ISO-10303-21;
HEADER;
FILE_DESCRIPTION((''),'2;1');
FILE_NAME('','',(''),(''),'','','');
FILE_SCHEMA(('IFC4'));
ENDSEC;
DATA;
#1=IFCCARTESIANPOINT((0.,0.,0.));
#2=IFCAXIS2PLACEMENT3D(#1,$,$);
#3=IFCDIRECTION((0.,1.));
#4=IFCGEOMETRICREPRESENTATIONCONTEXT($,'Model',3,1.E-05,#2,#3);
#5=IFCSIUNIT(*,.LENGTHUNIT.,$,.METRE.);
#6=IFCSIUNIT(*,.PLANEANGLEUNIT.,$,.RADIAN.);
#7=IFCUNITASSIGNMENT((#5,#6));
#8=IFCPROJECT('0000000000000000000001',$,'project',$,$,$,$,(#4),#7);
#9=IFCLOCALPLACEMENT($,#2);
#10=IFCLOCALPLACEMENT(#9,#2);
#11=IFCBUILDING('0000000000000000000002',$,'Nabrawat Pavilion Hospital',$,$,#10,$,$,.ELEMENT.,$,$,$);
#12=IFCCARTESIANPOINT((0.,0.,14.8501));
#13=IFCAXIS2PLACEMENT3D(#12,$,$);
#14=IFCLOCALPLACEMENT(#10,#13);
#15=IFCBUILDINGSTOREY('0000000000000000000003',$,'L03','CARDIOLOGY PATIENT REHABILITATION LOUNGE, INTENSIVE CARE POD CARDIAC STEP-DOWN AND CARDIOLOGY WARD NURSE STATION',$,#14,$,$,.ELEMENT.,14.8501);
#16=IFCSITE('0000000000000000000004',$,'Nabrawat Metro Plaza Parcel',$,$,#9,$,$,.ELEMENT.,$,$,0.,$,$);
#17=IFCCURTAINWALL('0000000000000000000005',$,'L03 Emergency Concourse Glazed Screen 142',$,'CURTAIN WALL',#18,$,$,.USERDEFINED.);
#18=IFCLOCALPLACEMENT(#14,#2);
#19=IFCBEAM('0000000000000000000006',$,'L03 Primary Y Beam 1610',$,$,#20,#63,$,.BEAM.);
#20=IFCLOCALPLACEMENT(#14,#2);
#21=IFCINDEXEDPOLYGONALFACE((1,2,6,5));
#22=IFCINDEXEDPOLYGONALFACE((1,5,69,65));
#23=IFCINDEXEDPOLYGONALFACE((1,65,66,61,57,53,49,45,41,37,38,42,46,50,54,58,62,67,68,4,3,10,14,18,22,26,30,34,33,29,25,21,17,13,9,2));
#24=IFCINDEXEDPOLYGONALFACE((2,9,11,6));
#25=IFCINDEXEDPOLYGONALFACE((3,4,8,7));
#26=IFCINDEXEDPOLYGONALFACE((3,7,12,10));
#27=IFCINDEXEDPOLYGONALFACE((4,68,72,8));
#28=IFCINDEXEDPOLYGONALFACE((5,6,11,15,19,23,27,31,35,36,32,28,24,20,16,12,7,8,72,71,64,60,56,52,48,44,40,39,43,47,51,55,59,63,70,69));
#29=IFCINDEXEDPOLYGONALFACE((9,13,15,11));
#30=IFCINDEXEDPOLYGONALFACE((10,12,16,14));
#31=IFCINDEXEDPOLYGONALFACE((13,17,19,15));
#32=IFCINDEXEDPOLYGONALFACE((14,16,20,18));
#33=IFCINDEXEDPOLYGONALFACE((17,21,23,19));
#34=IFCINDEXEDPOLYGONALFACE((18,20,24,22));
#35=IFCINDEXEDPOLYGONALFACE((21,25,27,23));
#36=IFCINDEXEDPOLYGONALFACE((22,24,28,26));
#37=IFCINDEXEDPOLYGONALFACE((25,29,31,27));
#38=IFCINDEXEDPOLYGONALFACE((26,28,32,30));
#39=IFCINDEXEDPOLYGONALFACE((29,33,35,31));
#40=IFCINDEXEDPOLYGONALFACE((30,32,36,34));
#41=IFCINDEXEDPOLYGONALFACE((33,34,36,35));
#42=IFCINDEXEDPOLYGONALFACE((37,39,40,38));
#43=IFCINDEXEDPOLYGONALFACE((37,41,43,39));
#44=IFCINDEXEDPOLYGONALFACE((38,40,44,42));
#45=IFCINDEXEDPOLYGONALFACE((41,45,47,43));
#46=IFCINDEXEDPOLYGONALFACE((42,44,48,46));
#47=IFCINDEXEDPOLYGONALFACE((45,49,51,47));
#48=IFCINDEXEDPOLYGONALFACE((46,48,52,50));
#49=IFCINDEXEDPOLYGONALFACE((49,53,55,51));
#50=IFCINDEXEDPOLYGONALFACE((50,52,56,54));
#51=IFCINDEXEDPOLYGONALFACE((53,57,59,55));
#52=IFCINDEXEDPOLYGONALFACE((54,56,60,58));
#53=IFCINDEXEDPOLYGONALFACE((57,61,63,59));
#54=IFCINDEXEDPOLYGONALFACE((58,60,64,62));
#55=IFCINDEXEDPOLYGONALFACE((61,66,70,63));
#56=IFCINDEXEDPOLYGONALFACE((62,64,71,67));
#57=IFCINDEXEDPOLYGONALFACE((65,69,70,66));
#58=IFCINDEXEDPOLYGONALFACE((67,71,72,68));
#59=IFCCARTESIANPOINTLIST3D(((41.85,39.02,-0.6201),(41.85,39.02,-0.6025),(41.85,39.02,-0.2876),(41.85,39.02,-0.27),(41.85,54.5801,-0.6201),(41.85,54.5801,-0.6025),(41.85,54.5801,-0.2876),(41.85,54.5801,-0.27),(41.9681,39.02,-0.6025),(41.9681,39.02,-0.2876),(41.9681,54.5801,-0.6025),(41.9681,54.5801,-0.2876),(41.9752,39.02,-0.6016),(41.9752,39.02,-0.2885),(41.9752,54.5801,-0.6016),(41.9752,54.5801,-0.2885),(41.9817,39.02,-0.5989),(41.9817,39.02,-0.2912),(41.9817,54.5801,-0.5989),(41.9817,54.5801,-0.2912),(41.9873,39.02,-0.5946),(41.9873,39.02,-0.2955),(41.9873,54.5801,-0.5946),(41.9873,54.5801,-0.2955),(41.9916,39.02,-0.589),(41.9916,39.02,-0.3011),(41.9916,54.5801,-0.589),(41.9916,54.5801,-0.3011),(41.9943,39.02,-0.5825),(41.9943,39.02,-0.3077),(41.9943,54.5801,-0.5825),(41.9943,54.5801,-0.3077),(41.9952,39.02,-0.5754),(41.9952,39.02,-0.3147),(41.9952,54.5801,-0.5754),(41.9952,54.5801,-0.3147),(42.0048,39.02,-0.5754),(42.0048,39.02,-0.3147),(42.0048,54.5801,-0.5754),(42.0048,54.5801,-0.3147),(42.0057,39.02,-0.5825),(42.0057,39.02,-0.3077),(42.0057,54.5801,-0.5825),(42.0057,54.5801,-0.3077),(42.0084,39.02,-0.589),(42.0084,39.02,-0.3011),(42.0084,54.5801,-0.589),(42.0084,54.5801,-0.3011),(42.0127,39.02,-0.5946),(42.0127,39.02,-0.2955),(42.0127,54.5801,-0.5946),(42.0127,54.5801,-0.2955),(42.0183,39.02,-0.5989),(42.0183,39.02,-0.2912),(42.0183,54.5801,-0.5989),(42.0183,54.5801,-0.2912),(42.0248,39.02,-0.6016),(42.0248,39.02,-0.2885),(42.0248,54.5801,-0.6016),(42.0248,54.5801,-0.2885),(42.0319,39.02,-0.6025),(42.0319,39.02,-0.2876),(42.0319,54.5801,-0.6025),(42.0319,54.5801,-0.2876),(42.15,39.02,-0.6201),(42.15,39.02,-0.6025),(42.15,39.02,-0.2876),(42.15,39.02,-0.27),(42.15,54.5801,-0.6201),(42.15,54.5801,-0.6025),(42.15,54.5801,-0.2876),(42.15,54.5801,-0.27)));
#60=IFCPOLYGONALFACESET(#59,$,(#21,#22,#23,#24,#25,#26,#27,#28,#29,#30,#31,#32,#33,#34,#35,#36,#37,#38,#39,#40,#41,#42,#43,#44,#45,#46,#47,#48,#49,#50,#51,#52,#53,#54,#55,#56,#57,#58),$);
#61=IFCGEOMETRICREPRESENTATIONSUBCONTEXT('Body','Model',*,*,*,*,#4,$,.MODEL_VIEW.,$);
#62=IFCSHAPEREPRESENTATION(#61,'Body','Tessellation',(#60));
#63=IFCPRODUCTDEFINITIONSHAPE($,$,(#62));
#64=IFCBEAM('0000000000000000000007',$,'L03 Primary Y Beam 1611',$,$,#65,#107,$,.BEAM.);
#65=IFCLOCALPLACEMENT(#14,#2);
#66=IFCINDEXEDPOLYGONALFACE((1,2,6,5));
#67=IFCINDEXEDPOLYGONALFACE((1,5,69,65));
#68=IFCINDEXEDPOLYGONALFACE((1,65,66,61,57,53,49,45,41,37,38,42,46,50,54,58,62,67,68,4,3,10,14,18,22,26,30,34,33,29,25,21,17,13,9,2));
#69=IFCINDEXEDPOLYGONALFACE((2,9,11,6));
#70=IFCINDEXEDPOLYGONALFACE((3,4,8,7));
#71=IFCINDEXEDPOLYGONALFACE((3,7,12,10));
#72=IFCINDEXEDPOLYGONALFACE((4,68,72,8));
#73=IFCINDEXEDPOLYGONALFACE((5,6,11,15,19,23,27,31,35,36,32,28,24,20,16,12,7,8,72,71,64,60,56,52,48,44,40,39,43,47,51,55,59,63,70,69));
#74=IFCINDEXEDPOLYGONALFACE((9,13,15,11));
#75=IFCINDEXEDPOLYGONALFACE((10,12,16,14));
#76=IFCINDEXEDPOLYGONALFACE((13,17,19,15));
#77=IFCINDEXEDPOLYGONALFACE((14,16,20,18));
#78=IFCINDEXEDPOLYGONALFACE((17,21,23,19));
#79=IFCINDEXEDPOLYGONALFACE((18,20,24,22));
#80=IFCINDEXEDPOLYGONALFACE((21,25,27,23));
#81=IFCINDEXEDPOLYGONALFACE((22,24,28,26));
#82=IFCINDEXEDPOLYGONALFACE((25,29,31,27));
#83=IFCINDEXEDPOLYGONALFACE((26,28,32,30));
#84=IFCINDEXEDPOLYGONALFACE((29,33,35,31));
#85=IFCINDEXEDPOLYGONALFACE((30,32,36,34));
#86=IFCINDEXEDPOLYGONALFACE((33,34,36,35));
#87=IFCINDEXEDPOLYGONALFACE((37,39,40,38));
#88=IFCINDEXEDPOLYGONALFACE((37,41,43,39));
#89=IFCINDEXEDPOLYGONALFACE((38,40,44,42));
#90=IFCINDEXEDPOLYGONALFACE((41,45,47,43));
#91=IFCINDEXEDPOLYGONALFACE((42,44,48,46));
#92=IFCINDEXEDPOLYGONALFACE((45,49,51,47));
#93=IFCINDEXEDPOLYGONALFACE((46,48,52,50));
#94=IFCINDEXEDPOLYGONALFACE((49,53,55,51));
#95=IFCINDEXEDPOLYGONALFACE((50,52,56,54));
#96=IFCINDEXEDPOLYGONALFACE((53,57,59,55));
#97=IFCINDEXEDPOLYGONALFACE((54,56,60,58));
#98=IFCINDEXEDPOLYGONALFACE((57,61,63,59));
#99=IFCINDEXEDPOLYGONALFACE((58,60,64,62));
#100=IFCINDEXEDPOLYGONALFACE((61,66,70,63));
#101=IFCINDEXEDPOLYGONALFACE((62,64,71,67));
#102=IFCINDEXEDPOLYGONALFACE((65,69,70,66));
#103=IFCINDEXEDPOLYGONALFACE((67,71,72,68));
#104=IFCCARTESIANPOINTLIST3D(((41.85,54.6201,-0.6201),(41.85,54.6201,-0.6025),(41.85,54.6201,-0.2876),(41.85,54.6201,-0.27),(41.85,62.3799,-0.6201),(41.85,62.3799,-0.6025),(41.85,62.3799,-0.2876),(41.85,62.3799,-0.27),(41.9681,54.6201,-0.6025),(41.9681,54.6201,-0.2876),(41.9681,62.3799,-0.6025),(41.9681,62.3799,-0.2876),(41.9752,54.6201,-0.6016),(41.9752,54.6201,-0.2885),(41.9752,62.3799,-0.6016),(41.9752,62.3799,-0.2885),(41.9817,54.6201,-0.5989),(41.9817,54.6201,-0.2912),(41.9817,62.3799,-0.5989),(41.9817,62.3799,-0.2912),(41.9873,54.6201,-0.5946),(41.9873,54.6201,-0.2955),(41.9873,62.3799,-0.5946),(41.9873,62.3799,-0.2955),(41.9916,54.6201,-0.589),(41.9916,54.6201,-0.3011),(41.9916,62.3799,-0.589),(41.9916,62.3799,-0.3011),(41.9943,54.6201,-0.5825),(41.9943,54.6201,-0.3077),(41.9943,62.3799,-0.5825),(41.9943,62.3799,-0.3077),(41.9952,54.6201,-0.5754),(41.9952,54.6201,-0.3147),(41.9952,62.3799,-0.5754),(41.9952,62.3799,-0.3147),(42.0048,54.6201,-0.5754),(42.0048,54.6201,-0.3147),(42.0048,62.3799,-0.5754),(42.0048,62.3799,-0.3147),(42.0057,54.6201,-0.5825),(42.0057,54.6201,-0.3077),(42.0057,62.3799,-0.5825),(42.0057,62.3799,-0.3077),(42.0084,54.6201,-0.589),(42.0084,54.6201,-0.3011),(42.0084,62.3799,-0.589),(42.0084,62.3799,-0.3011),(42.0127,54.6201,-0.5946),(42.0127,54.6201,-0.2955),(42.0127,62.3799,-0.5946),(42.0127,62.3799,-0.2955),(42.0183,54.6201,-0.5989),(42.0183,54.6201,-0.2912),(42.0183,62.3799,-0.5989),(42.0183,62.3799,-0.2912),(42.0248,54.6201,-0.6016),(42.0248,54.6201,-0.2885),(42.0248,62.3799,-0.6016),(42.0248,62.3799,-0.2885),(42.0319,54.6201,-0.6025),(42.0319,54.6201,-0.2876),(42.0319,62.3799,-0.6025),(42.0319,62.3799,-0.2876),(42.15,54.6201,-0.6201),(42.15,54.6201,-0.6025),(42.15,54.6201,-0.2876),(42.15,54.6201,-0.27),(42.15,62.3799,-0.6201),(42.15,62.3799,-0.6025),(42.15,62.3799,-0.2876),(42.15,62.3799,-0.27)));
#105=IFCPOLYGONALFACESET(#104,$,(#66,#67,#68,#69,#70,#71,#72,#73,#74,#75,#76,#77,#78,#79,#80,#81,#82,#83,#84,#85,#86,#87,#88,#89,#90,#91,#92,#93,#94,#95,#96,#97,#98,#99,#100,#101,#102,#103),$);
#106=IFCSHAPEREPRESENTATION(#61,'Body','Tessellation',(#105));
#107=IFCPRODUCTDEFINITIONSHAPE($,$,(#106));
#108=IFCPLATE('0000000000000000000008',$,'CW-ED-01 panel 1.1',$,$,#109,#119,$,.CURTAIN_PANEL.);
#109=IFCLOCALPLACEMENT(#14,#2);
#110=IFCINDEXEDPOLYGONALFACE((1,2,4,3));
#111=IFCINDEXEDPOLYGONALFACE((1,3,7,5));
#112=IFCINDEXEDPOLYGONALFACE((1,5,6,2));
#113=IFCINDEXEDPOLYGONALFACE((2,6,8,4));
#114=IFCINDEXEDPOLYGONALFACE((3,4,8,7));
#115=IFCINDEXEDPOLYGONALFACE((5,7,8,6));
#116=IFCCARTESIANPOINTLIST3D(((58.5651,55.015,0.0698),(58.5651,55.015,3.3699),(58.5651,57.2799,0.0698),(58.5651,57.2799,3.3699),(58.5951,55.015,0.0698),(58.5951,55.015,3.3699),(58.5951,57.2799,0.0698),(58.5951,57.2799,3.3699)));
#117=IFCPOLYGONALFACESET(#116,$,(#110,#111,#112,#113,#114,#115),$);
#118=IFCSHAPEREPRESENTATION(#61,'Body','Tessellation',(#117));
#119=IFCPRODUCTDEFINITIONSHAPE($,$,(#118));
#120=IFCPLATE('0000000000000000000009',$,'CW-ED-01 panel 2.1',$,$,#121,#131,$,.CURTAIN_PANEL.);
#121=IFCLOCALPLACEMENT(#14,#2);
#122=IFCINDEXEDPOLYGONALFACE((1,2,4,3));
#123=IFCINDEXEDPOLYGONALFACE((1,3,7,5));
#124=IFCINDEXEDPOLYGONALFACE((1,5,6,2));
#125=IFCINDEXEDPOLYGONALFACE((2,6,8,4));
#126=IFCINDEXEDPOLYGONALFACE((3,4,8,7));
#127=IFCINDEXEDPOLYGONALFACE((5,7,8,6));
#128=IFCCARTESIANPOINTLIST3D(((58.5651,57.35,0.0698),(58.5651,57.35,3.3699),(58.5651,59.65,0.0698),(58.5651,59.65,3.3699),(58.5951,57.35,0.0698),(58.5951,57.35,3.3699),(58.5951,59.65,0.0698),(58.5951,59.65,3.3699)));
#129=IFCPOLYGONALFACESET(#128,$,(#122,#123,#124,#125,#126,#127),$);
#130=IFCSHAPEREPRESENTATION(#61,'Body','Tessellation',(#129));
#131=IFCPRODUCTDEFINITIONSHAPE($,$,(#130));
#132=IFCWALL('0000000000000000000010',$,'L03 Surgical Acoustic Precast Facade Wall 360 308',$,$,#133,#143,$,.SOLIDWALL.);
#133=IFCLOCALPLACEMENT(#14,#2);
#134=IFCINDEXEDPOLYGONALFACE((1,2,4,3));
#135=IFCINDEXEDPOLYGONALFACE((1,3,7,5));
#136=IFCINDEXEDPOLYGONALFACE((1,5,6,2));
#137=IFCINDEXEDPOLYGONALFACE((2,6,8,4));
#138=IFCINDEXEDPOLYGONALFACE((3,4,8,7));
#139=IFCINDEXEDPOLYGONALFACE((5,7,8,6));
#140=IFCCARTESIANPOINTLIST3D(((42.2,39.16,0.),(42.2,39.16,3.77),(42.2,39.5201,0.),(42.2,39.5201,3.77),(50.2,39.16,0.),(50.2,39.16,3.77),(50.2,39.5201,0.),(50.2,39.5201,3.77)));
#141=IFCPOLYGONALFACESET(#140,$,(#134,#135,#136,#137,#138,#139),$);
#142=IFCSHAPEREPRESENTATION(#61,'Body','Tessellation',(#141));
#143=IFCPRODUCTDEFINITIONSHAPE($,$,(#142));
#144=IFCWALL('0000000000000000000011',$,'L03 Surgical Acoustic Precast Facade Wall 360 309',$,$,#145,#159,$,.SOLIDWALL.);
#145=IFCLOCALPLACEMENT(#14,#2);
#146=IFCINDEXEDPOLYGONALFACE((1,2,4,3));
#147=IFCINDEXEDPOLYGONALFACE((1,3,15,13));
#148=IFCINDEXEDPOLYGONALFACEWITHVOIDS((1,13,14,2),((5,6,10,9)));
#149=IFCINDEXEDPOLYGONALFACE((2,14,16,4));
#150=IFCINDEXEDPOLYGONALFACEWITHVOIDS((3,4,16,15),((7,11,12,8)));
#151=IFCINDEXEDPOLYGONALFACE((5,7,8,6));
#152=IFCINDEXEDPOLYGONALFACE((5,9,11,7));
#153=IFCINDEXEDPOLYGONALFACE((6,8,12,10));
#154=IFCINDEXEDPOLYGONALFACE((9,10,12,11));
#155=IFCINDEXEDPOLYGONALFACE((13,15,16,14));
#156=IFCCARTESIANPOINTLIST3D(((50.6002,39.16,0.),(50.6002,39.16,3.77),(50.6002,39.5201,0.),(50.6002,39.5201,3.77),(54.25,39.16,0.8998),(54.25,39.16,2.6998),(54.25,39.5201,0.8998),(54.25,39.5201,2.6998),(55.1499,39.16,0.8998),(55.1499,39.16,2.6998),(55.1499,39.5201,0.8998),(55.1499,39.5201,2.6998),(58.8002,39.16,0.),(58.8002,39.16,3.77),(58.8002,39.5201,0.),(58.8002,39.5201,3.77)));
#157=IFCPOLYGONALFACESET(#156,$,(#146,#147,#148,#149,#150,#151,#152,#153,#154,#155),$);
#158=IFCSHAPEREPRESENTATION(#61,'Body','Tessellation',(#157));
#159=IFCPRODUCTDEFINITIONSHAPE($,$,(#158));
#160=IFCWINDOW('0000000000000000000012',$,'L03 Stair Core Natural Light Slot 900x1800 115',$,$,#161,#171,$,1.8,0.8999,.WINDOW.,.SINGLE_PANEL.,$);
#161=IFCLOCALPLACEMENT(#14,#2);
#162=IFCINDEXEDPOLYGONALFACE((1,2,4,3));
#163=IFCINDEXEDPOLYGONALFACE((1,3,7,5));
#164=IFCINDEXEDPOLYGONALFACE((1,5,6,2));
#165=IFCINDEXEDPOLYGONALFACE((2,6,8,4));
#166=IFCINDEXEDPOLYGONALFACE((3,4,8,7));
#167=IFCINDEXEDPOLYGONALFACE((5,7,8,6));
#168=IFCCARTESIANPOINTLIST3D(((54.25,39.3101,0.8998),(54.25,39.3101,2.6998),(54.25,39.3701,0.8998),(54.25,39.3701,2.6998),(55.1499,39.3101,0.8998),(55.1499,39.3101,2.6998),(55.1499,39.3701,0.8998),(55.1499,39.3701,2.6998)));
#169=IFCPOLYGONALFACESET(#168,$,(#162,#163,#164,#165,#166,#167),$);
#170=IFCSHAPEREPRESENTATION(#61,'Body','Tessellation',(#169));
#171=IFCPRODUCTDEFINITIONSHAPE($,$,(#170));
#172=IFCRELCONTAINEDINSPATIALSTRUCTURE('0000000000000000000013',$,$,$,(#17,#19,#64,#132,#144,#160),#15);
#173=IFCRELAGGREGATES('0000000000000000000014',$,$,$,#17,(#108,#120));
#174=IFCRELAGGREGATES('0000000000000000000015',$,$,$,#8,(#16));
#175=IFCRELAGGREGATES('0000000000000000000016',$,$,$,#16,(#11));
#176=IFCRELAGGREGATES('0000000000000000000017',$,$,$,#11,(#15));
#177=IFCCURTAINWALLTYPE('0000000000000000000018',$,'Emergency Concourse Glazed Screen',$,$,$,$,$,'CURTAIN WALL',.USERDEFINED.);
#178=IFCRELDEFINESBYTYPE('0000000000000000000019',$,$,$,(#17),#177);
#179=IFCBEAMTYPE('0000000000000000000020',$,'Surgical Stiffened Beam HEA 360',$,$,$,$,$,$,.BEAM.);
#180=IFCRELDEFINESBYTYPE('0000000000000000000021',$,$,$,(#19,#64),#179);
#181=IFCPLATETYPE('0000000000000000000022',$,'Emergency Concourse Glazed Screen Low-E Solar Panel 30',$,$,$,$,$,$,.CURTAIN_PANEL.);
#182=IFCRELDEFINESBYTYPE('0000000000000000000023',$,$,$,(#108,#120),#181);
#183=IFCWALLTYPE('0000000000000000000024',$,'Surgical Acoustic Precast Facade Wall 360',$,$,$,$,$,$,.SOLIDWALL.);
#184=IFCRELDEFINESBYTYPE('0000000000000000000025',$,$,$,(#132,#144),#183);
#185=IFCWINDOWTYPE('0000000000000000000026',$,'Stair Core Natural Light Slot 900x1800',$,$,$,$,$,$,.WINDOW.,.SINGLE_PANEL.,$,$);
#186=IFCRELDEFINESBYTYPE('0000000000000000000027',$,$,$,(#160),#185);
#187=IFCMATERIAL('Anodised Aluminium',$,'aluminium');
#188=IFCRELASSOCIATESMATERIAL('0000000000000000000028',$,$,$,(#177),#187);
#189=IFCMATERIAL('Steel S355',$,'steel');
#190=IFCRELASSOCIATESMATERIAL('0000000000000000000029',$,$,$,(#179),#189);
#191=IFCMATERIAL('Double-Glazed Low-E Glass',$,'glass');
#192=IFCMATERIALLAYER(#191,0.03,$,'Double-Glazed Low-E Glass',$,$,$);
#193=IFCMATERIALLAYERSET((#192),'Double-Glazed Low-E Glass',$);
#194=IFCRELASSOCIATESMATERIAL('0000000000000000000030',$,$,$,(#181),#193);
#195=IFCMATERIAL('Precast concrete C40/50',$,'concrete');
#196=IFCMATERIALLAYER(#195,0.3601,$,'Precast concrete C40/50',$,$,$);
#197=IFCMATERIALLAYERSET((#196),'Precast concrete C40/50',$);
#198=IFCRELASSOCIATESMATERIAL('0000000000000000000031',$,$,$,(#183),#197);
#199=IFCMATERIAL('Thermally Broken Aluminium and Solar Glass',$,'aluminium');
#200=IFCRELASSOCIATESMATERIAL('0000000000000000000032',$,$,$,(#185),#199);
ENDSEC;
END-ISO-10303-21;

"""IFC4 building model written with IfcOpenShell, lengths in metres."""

from ifc_helpers import new_model, si_unit, direction, frame, frame_2d, origin, origin_2d, place, context, subcontext, project, spatial, rectangle, i_section, extrude, material, layer, layer_set, material_profile, profile_set, type_object, element, fill, aggregate, save


model = new_model("IFC4")

# Units and contexts
model_context = context("Model", 3, precision=1e-05, world=origin(), true_north=direction((0.0, 1.0)))
body_context = subcontext(model_context, "Body", "Model", "MODEL_VIEW")
ifc_project = project(units=[si_unit("LENGTHUNIT", "METRE"), si_unit("PLANEANGLEUNIT", "RADIAN")], contexts=[model_context])

# Site, building, storey
site_placement = place(None, origin())
site = spatial("IfcSite", under=ifc_project, at=site_placement, Name="Nabrawat Metro Plaza Parcel", CompositionType="ELEMENT", RefElevation=0.0)
building_placement = place(site_placement, origin())
building = spatial("IfcBuilding", under=site, at=building_placement, Name="Nabrawat Pavilion Hospital", CompositionType="ELEMENT")
storey_placement = place(building_placement, frame((0.0, 0.0, 14.8501)))
storey = spatial("IfcBuildingStorey", under=building, at=storey_placement, Name="L03", Description="CARDIOLOGY PATIENT REHABILITATION LOUNGE, INTENSIVE CARE POD CARDIAC STEP-DOWN AND CARDIOLOGY WARD NURSE STATION", CompositionType="ELEMENT", Elevation=14.8501)

# Shared definitions
ifc_material_1 = material(Name="Steel S355", Category="steel")

# Curtain wall
ifc_material_2 = material(Name="Anodised Aluminium", Category="aluminium")
curtain_wall_type = type_object("IfcCurtainWallType", Name="Emergency Concourse Glazed Screen", ElementType="CURTAIN WALL", PredefinedType="USERDEFINED", material=ifc_material_2)
curtain_wall_placement = place(storey_placement, origin())
curtain_wall = element("IfcCurtainWall", 1, at=curtain_wall_placement, inside=storey, type_object=curtain_wall_type, Name="L03 Emergency Concourse Glazed Screen 142", ObjectType="CURTAIN WALL", PredefinedType="USERDEFINED")

# Beams
ifc_material_profile_1 = material_profile(ifc_material_1, i_section(OverallWidth=0.3, OverallDepth=0.3501, WebThickness=0.0095, FlangeThickness=0.0176, FilletRadius=0.0271, at=origin_2d()), Name="HEA 360")
ifc_profile_set_1 = profile_set([ifc_material_profile_1], Name="Steel S355")
beam_type_1 = type_object("IfcBeamType", Name="Surgical Stiffened Beam HEA 360", PredefinedType="BEAM", material=ifc_profile_set_1)
beam_1_placement = place(storey_placement, frame((42.0, 39.02, -0.4451), z_axis=(0.0, 1.0, 0.0), x_axis=(-1.0, 0.0, 0.0)))
element("IfcBeam", 2, at=beam_1_placement, inside=storey, type_object=beam_type_1, Name="L03 Primary Y Beam 1610", PredefinedType="BEAM", context=body_context, shape_type="SweptSolid", body=[
    extrude(i_section(OverallWidth=0.3, OverallDepth=0.3501, WebThickness=0.0095, FlangeThickness=0.0176, FilletRadius=0.0271, at=origin_2d()), origin(), (0.0, 0.0, 1.0), 15.5601),
])
beam_2_placement = place(storey_placement, frame((42.0, 54.6201, -0.4451), z_axis=(0.0, 1.0, 0.0), x_axis=(-1.0, 0.0, 0.0)))
element("IfcBeam", 3, at=beam_2_placement, inside=storey, type_object=beam_type_1, Name="L03 Primary Y Beam 1611", PredefinedType="BEAM", context=body_context, shape_type="SweptSolid", body=[
    extrude(i_section(OverallWidth=0.3, OverallDepth=0.3501, WebThickness=0.0095, FlangeThickness=0.0176, FilletRadius=0.0271, at=origin_2d()), origin(), (0.0, 0.0, 1.0), 7.7598),
])

# Plates
ifc_material_3 = material(Name="Double-Glazed Low-E Glass", Category="glass")
ifc_layer_1 = layer(ifc_material_3, 0.03, Name="Double-Glazed Low-E Glass")
ifc_layer_set_1 = layer_set([ifc_layer_1], Name="Double-Glazed Low-E Glass")
plate_type = type_object("IfcPlateType", Name="Emergency Concourse Glazed Screen Low-E Solar Panel 30", PredefinedType="CURTAIN_PANEL", material=ifc_layer_set_1)
plate_1_placement = place(storey_placement, frame((58.5801, 56.1475, 0.0698), z_axis=(0.0, 0.0, 1.0), x_axis=(0.0, 1.0, 0.0)))
plate_1 = element("IfcPlate", 4, at=plate_1_placement, type_object=plate_type, Name="CW-ED-01 panel 1.1", PredefinedType="CURTAIN_PANEL", context=body_context, shape_type="SweptSolid", body=[
    extrude(rectangle(XDim=2.2649, YDim=0.03, at=origin_2d()), origin(), (0.0, 0.0, 1.0), 3.3),
])
plate_2_placement = place(storey_placement, frame((58.5801, 58.5, 0.0698), z_axis=(0.0, 0.0, 1.0), x_axis=(0.0, 1.0, 0.0)))
plate_2 = element("IfcPlate", 5, at=plate_2_placement, type_object=plate_type, Name="CW-ED-01 panel 2.1", PredefinedType="CURTAIN_PANEL", context=body_context, shape_type="SweptSolid", body=[
    extrude(rectangle(XDim=2.3, YDim=0.03, at=origin_2d()), origin(), (0.0, 0.0, 1.0), 3.3),
])
aggregate(curtain_wall, [plate_1, plate_2])

# Wall
ifc_material_4 = material(Name="Precast concrete C40/50", Category="concrete")
ifc_layer_2 = layer(ifc_material_4, 0.3601, Name="Precast concrete C40/50")
ifc_layer_set_2 = layer_set([ifc_layer_2], Name="Precast concrete C40/50")
wall_type = type_object("IfcWallType", Name="Surgical Acoustic Precast Facade Wall 360", PredefinedType="SOLIDWALL", material=ifc_layer_set_2)
wall_1_placement = place(storey_placement, frame((42.2, 39.3401, 0.0), z_axis=(0.0, 0.0, 1.0), x_axis=(1.0, 0.0, 0.0)))
element("IfcWall", 6, at=wall_1_placement, inside=storey, type_object=wall_type, Name="L03 Surgical Acoustic Precast Facade Wall 360 308", PredefinedType="SOLIDWALL", context=body_context, shape_type="SweptSolid", body=[
    extrude(rectangle(XDim=8.0, YDim=0.3601, at=frame_2d((4.0, 0.0))), origin(), (0.0, 0.0, 1.0), 3.77),
])

# Wall, opening, window
wall_2_placement = place(storey_placement, frame((50.6001, 39.3401, 0.0), z_axis=(0.0, 0.0, 1.0), x_axis=(1.0, 0.0, 0.0)))
wall_2 = element("IfcWall", 7, at=wall_2_placement, inside=storey, type_object=wall_type, Name="L03 Surgical Acoustic Precast Facade Wall 360 309", PredefinedType="SOLIDWALL", context=body_context, shape_type="SweptSolid", body=[
    extrude(rectangle(XDim=8.2, YDim=0.3601, at=frame_2d((4.1001, 0.0))), origin(), (0.0, 0.0, 1.0), 3.77),
])
opening_1_placement = place(wall_2_placement, frame((3.6499, 0.0, 0.8999)))
opening_1 = element("IfcOpeningElement", 8, at=opening_1_placement, cuts=wall_2, PredefinedType="OPENING", context=body_context, shape_type="SweptSolid", body=[
    extrude(rectangle(XDim=0.8999, YDim=1.8, at=frame_2d((0.45, 0.8999))), frame((0.0, 0.1899, 0.0), z_axis=(0.0, -1.0, 0.0), x_axis=(1.0, 0.0, 0.0)), (0.0, 0.0, 1.0), 0.3801),
])
ifc_material_5 = material(Name="Thermally Broken Aluminium and Solar Glass", Category="aluminium")
window_type_1 = type_object("IfcWindowType", Name="Stair Core Natural Light Slot 900x1800", PartitioningType="SINGLE_PANEL", PredefinedType="WINDOW", material=ifc_material_5)
window_1_placement = place(opening_1_placement, origin())
window_1 = element("IfcWindow", 9, at=window_1_placement, inside=storey, type_object=window_type_1, Name="L03 Stair Core Natural Light Slot 900x1800 115", OverallHeight=1.8, OverallWidth=0.8999, PartitioningType="SINGLE_PANEL", PredefinedType="WINDOW", context=body_context, shape_type="SweptSolid", body=[
    extrude(rectangle(XDim=0.8999, YDim=1.8, at=frame_2d((0.45, 0.8999))), frame((0.0, 0.03, 0.0), z_axis=(0.0, -1.0, 0.0), x_axis=(1.0, 0.0, 0.0)), (0.0, 0.0, 1.0), 0.0601),
])
fill(opening_1, window_1)

save(model, "model.ifc")
